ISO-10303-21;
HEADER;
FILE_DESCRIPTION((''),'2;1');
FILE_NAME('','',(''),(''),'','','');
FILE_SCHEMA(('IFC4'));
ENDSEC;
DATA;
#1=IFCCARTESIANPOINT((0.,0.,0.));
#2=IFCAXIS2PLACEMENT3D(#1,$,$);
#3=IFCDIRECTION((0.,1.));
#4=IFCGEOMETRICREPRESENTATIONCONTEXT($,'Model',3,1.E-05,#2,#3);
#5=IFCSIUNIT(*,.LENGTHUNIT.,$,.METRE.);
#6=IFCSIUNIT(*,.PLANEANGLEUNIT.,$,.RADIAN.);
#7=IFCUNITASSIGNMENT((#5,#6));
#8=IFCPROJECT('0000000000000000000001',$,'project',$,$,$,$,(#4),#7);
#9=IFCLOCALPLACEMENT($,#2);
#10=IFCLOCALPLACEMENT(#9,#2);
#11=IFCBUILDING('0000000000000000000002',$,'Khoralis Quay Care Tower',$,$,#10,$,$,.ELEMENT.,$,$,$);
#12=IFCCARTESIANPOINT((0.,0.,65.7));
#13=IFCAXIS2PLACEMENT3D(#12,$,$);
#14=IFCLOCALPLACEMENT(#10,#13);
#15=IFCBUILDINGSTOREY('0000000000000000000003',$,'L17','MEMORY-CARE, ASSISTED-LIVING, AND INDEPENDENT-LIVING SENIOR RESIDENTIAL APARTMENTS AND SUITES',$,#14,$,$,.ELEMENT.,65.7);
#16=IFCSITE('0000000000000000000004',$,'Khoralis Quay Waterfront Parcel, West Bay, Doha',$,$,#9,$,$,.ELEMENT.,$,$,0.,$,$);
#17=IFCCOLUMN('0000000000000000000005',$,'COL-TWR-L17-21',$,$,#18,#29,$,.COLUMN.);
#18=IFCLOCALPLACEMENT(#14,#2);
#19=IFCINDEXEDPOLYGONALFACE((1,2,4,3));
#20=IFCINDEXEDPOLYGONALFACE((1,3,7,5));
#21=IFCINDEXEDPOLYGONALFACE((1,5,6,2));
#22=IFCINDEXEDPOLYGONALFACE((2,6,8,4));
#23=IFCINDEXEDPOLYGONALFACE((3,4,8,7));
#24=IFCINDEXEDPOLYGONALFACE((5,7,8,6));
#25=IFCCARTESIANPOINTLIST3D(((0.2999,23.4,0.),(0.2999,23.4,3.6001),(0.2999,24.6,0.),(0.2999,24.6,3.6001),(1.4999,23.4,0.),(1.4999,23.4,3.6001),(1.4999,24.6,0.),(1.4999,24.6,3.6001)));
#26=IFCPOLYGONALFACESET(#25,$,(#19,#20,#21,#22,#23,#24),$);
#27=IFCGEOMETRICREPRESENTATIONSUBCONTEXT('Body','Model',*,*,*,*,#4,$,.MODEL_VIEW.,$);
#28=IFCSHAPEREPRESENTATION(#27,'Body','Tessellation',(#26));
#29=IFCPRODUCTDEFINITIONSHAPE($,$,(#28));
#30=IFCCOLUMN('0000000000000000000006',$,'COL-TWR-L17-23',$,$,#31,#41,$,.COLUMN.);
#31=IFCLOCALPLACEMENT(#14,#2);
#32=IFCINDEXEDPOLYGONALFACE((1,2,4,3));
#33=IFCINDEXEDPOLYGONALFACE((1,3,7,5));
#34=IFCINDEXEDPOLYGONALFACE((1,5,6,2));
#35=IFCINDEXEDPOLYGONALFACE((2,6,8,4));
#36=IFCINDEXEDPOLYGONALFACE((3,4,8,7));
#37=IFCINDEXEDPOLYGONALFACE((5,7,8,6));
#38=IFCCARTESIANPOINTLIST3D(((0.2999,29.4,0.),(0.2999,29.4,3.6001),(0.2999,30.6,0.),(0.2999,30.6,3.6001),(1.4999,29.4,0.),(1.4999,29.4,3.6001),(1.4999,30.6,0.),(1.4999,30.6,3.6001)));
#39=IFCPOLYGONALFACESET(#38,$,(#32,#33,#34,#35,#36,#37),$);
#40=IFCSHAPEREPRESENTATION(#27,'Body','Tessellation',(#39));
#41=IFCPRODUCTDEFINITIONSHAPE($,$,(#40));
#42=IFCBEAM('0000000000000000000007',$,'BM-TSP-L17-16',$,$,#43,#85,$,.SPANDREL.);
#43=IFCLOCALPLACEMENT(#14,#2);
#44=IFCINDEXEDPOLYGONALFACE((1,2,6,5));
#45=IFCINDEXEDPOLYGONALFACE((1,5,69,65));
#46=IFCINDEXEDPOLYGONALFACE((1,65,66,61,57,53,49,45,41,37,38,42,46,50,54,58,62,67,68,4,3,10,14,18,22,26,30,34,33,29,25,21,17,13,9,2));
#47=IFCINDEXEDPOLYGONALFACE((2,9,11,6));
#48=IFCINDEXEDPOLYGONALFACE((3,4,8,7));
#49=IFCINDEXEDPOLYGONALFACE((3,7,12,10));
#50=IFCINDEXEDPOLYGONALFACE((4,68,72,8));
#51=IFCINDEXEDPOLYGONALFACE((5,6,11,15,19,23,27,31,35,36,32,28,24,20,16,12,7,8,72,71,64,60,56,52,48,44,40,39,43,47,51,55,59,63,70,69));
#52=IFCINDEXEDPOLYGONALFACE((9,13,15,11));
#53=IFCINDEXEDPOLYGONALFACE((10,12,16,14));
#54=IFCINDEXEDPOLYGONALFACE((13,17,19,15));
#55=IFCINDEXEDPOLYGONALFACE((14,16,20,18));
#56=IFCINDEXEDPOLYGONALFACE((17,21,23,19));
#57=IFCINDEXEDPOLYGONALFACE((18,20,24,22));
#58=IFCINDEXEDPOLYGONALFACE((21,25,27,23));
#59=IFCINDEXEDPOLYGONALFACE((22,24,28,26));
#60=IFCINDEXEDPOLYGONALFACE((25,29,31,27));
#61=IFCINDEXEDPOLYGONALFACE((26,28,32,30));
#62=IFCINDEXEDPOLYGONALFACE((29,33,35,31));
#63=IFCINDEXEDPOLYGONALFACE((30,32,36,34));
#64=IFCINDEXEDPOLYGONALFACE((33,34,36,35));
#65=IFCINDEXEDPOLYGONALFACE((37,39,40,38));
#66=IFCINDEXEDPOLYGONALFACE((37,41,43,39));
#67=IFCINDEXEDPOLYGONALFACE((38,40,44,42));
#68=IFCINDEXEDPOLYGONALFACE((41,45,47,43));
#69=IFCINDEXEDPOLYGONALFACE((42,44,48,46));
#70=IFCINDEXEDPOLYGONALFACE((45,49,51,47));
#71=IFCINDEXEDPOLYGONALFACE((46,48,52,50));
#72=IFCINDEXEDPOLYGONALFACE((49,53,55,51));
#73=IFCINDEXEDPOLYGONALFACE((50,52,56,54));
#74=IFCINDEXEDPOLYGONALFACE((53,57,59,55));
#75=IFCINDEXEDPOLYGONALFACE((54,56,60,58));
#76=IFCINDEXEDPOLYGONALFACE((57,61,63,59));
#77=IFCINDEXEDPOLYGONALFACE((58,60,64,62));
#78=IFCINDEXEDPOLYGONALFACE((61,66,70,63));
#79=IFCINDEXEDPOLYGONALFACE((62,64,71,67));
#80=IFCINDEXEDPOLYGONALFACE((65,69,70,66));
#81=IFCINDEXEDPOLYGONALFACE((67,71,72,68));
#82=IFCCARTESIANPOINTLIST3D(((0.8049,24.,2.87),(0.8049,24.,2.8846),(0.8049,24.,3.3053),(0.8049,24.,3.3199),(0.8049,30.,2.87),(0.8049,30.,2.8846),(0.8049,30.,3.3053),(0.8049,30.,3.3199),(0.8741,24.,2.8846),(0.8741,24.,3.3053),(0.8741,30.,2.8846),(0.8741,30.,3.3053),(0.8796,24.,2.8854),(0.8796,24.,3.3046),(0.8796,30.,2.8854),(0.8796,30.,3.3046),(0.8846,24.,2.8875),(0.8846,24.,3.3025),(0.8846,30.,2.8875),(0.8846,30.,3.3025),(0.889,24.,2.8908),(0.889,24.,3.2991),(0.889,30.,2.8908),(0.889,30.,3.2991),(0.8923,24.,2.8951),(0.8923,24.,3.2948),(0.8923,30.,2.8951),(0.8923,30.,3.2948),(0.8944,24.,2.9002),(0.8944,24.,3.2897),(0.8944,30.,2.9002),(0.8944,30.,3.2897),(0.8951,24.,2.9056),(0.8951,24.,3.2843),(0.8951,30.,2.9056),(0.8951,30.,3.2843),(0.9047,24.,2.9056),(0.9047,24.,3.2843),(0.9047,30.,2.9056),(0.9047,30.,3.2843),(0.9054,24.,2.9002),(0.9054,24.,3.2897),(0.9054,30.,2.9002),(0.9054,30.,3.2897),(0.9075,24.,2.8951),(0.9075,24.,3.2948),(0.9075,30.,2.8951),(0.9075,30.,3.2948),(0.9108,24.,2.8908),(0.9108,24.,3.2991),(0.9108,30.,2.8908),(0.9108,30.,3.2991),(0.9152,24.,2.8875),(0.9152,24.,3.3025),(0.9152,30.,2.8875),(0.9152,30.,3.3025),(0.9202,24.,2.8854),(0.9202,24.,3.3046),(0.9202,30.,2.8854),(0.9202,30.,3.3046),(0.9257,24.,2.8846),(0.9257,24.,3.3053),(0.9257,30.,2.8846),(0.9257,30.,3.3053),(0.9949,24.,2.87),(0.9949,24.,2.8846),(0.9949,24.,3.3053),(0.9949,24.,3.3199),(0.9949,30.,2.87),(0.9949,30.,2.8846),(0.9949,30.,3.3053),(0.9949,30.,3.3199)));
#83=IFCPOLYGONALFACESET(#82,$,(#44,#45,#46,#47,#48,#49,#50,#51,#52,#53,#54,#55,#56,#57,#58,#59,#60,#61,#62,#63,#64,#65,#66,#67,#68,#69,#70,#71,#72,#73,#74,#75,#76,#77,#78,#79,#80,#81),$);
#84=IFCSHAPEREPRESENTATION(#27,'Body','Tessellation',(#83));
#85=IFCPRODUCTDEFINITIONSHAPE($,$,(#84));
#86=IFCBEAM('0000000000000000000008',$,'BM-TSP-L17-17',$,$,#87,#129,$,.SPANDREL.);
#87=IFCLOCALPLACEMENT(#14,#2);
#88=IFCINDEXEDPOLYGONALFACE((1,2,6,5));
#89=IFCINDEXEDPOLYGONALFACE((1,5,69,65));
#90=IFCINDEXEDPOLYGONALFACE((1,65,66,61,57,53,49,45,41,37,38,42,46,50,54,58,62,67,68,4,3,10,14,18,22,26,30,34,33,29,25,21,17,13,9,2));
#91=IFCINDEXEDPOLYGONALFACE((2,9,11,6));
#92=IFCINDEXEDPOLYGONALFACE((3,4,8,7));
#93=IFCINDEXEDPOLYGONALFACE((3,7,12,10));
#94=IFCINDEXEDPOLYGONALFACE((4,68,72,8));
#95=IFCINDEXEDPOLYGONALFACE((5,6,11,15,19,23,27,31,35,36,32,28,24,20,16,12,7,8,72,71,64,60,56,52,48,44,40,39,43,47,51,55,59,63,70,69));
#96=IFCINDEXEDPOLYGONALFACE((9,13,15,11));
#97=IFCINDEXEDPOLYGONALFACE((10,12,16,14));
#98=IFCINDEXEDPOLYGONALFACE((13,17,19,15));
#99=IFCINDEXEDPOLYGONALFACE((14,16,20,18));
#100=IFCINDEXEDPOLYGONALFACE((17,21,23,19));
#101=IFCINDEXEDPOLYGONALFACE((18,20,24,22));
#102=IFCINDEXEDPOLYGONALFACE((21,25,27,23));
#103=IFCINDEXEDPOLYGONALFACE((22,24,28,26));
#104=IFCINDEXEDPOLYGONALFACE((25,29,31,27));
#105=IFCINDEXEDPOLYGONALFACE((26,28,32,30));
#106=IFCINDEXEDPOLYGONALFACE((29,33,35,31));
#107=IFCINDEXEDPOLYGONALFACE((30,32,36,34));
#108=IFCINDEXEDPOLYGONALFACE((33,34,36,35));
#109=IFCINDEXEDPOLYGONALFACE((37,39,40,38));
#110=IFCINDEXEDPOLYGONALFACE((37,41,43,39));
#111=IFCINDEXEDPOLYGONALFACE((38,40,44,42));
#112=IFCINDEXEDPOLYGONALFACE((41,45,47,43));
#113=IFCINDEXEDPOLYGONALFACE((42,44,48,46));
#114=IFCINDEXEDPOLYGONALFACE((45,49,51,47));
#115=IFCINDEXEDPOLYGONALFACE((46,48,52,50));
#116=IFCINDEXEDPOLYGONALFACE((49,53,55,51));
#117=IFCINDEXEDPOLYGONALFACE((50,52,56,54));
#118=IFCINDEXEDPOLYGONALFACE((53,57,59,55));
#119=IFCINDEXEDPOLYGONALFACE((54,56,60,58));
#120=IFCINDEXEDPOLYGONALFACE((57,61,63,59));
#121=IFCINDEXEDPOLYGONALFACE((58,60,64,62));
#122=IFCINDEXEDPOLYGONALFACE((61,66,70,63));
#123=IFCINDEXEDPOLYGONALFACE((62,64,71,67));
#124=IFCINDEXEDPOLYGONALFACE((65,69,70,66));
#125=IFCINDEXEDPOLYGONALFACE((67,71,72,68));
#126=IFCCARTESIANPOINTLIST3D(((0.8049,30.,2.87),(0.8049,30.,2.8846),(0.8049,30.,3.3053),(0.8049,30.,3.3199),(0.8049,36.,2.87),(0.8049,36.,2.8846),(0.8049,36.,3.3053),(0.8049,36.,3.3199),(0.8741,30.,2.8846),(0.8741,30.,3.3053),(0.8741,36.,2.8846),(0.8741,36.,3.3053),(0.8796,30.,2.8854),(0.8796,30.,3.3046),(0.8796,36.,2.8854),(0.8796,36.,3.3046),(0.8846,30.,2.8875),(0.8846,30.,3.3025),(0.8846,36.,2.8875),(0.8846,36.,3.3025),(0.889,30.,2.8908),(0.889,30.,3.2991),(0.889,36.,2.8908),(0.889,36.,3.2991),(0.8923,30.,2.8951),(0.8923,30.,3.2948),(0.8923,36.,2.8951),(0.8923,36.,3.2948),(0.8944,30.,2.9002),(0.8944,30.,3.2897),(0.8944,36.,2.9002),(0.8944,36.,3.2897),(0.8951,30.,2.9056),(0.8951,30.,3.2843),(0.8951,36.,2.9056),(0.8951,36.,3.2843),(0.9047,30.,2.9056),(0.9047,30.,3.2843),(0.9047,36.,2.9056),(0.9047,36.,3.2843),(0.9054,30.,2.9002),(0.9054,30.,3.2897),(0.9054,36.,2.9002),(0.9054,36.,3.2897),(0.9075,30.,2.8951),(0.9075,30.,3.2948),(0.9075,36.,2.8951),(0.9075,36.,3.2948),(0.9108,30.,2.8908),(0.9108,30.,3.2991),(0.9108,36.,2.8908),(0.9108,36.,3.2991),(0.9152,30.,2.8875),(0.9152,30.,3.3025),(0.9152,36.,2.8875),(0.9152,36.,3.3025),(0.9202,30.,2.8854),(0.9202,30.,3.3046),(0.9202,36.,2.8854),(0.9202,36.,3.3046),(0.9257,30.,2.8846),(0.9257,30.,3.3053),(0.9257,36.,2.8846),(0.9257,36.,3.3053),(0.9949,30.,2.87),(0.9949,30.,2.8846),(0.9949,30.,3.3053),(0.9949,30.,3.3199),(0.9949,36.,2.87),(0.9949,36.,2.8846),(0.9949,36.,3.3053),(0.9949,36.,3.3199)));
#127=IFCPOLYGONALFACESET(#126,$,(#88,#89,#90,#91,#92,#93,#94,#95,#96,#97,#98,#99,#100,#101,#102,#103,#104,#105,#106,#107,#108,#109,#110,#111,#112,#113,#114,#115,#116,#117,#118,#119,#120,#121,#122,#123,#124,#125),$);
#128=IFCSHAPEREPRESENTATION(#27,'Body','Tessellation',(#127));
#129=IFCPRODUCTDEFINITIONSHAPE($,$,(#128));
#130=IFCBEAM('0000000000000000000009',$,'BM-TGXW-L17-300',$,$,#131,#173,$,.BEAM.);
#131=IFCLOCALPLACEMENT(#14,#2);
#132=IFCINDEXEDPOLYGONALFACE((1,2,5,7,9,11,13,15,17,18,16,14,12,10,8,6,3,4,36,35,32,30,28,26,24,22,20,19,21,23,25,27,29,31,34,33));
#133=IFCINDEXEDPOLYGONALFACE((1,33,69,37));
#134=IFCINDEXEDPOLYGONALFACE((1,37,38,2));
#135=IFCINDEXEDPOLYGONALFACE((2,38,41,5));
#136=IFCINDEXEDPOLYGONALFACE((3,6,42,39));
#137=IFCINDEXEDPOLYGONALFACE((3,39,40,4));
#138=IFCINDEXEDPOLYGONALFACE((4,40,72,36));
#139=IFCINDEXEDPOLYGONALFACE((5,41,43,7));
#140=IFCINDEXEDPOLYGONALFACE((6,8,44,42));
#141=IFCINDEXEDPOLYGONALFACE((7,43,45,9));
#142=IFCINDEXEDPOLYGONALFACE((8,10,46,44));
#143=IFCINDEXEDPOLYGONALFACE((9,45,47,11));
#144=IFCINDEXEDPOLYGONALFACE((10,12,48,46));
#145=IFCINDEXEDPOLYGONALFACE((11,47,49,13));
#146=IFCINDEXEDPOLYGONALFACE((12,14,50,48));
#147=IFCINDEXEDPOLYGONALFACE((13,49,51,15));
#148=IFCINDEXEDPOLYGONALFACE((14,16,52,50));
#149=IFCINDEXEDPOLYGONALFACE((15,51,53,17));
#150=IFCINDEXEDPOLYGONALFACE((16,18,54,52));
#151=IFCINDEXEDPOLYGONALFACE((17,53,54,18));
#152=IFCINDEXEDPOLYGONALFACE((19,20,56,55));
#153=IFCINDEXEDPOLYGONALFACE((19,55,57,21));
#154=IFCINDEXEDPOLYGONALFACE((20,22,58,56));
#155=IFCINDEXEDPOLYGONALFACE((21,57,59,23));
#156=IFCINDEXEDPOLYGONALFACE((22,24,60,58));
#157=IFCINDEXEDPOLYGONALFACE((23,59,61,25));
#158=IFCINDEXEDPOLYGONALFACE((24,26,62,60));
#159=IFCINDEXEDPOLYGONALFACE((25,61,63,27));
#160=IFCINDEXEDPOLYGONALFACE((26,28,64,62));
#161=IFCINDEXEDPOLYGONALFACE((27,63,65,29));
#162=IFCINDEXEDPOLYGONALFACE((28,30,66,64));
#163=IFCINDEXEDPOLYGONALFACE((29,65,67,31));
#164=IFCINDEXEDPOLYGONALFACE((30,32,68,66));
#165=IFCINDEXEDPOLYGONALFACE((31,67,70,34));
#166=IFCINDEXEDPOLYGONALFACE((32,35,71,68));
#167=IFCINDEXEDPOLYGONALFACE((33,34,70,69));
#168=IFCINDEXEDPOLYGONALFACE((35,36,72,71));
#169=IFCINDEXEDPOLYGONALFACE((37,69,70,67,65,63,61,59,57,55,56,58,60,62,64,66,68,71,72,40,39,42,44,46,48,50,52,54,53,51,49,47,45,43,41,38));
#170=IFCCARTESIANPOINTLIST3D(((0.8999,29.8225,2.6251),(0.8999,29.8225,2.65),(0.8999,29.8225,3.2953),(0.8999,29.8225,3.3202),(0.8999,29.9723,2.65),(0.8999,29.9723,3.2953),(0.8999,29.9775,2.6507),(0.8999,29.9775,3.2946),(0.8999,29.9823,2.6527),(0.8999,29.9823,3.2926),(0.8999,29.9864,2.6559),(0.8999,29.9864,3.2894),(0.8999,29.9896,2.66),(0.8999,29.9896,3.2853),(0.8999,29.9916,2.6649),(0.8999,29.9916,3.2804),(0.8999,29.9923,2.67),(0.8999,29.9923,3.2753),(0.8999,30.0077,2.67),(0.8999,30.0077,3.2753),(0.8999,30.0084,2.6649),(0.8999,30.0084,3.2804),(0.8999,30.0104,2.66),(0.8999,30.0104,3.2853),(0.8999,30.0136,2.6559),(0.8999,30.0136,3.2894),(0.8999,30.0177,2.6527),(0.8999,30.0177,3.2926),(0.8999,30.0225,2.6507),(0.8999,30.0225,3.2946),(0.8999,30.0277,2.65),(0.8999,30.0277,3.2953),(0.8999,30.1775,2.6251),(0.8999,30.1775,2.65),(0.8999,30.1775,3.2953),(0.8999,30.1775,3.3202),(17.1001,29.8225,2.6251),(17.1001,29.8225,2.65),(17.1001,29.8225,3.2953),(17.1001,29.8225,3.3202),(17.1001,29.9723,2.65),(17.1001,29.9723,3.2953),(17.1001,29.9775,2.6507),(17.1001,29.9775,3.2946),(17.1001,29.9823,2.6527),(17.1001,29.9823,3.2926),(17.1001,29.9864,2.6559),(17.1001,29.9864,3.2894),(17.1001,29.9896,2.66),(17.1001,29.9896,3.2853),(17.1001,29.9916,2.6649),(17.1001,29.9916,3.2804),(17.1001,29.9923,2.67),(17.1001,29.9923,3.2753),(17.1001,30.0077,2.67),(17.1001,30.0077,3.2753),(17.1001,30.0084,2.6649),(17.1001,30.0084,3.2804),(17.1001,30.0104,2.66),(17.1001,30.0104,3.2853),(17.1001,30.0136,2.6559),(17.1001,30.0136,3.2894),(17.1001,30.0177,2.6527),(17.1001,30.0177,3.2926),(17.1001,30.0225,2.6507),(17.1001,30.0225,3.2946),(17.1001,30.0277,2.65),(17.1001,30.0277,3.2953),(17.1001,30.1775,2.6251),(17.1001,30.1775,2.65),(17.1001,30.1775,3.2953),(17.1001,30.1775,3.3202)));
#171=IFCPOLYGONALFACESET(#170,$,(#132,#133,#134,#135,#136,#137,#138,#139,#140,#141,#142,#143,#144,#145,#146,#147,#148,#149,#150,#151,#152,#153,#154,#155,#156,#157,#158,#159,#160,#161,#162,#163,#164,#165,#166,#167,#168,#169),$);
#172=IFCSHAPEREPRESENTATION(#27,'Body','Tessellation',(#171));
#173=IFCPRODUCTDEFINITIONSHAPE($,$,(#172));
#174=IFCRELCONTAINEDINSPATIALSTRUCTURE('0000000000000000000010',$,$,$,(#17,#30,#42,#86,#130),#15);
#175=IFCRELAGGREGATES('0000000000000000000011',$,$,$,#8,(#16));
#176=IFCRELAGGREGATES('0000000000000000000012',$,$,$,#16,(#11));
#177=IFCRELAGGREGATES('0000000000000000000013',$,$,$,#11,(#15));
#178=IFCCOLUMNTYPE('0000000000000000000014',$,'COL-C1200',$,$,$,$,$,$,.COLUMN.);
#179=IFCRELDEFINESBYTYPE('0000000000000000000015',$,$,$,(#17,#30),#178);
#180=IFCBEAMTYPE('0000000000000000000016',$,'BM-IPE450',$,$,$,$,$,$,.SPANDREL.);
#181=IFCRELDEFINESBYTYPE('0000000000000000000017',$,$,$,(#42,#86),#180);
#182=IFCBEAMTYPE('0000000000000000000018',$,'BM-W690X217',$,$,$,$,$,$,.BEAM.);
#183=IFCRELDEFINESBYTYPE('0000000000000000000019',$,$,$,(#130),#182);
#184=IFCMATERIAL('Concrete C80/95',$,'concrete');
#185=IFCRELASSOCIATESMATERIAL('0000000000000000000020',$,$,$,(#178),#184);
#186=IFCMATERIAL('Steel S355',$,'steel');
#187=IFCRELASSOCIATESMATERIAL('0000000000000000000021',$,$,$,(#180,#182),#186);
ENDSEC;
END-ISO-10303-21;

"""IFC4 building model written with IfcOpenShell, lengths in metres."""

from ifc_helpers import new_model, si_unit, direction, frame, origin, origin_2d, place, context, subcontext, project, spatial, rectangle, i_section, extrude, source, transform, mapped, material, material_profile, profile_set, type_object, element, save


model = new_model("IFC4")

# Units and contexts
model_context = context("Model", 3, precision=1e-05, world=origin(), true_north=direction((0.0, 1.0)))
body_context = subcontext(model_context, "Body", "Model", "MODEL_VIEW")
ifc_project = project(units=[si_unit("LENGTHUNIT", "METRE"), si_unit("PLANEANGLEUNIT", "RADIAN")], contexts=[model_context])

# Site, building, storey
site_placement = place(None, origin())
site = spatial("IfcSite", under=ifc_project, at=site_placement, Name="Khoralis Quay Waterfront Parcel, West Bay, Doha", CompositionType="ELEMENT", RefElevation=0.0)
building_placement = place(site_placement, origin())
building = spatial("IfcBuilding", under=site, at=building_placement, Name="Khoralis Quay Care Tower", CompositionType="ELEMENT")
storey_placement = place(building_placement, frame((0.0, 0.0, 65.7)))
storey = spatial("IfcBuildingStorey", under=building, at=storey_placement, Name="L17", Description="MEMORY-CARE, ASSISTED-LIVING, AND INDEPENDENT-LIVING SENIOR RESIDENTIAL APARTMENTS AND SUITES", CompositionType="ELEMENT", Elevation=65.7)

# Columns
ifc_material_1 = material(Name="Concrete C80/95", Category="concrete")
ifc_material_profile_1 = material_profile(ifc_material_1, rectangle(XDim=1.2, YDim=1.2, at=origin_2d()), Name="Concrete C80/95")
ifc_profile_set_1 = profile_set([ifc_material_profile_1], Name="Concrete C80/95")
column_type = type_object("IfcColumnType", Name="COL-C1200", PredefinedType="COLUMN", material=ifc_profile_set_1)
shared_shape_1 = source(origin(), body_context, "Body", "SweptSolid", [
    extrude(rectangle(XDim=1.2, YDim=1.2, at=origin_2d()), origin(), (0.0, 0.0, 1.0), 3.6001),
])
for number, where, z_axis, x_axis, name in (
    (1, (0.8999, 24.0, 0.0), (0.0, 0.0, 1.0), (1.0, 0.0, 0.0), "COL-TWR-L17-21"),
    (2, (0.8999, 30.0, 0.0), (0.0, 0.0, 1.0), (1.0, 0.0, 0.0), "COL-TWR-L17-23"),
):
    element("IfcColumn", number, at=place(storey_placement, frame(where, z_axis=z_axis, x_axis=x_axis)), inside=storey, type_object=column_type, Name=name, PredefinedType="COLUMN", context=body_context, shape_type="MappedRepresentation", body=[
        mapped(shared_shape_1, transform((0.0, 0.0, 0.0), scale=1.0)),
    ])

# Beams
ifc_material_2 = material(Name="Steel S355", Category="steel")
ifc_material_profile_2 = material_profile(ifc_material_2, i_section(OverallWidth=0.1899, OverallDepth=0.45, WebThickness=0.0095, FlangeThickness=0.0146, FilletRadius=0.021, at=origin_2d()), Name="Steel S355")
ifc_profile_set_2 = profile_set([ifc_material_profile_2], Name="Steel S355")
beam_type_1 = type_object("IfcBeamType", Name="BM-IPE450", PredefinedType="SPANDREL", material=ifc_profile_set_2)
shared_shape_2 = source(origin(), body_context, "Body", "SweptSolid", [
    extrude(i_section(OverallWidth=0.1899, OverallDepth=0.45, WebThickness=0.0095, FlangeThickness=0.0146, FilletRadius=0.021, at=origin_2d()), origin(), (0.0, 0.0, 1.0), 6.0),
])
for number, where, z_axis, x_axis, name in (
    (3, (0.8999, 24.0, 3.095), (0.0, 1.0, 0.0), (-1.0, 0.0, 0.0), "BM-TSP-L17-16"),
    (4, (0.8999, 30.0, 3.095), (0.0, 1.0, 0.0), (-1.0, 0.0, 0.0), "BM-TSP-L17-17"),
):
    element("IfcBeam", number, at=place(storey_placement, frame(where, z_axis=z_axis, x_axis=x_axis)), inside=storey, type_object=beam_type_1, Name=name, PredefinedType="SPANDREL", context=body_context, shape_type="MappedRepresentation", body=[
        mapped(shared_shape_2, transform((0.0, 0.0, 0.0), scale=1.0)),
    ])
ifc_material_profile_3 = material_profile(ifc_material_2, i_section(OverallWidth=0.355, OverallDepth=0.6951, WebThickness=0.0154, FlangeThickness=0.0249, FilletRadius=0.02, at=origin_2d()), Name="Steel S355")
ifc_profile_set_3 = profile_set([ifc_material_profile_3], Name="Steel S355")
beam_type_2 = type_object("IfcBeamType", Name="BM-W690X217", PredefinedType="BEAM", material=ifc_profile_set_3)
shared_shape_3 = source(origin(), body_context, "Body", "SweptSolid", [
    extrude(i_section(OverallWidth=0.355, OverallDepth=0.6951, WebThickness=0.0154, FlangeThickness=0.0249, FilletRadius=0.02, at=origin_2d()), origin(), (0.0, 0.0, 1.0), 16.2002),
])
beam_1_placement = place(storey_placement, frame((0.8999, 30.0, 2.9727), z_axis=(1.0, 0.0, 0.0), x_axis=(0.0, 1.0, 0.0)))
element("IfcBeam", 5, at=beam_1_placement, inside=storey, type_object=beam_type_2, Name="BM-TGXW-L17-300", PredefinedType="BEAM", context=body_context, shape_type="MappedRepresentation", body=[
    mapped(shared_shape_3, transform((0.0, 0.0, 0.0), scale=1.0)),
])

save(model, "model.ifc")
